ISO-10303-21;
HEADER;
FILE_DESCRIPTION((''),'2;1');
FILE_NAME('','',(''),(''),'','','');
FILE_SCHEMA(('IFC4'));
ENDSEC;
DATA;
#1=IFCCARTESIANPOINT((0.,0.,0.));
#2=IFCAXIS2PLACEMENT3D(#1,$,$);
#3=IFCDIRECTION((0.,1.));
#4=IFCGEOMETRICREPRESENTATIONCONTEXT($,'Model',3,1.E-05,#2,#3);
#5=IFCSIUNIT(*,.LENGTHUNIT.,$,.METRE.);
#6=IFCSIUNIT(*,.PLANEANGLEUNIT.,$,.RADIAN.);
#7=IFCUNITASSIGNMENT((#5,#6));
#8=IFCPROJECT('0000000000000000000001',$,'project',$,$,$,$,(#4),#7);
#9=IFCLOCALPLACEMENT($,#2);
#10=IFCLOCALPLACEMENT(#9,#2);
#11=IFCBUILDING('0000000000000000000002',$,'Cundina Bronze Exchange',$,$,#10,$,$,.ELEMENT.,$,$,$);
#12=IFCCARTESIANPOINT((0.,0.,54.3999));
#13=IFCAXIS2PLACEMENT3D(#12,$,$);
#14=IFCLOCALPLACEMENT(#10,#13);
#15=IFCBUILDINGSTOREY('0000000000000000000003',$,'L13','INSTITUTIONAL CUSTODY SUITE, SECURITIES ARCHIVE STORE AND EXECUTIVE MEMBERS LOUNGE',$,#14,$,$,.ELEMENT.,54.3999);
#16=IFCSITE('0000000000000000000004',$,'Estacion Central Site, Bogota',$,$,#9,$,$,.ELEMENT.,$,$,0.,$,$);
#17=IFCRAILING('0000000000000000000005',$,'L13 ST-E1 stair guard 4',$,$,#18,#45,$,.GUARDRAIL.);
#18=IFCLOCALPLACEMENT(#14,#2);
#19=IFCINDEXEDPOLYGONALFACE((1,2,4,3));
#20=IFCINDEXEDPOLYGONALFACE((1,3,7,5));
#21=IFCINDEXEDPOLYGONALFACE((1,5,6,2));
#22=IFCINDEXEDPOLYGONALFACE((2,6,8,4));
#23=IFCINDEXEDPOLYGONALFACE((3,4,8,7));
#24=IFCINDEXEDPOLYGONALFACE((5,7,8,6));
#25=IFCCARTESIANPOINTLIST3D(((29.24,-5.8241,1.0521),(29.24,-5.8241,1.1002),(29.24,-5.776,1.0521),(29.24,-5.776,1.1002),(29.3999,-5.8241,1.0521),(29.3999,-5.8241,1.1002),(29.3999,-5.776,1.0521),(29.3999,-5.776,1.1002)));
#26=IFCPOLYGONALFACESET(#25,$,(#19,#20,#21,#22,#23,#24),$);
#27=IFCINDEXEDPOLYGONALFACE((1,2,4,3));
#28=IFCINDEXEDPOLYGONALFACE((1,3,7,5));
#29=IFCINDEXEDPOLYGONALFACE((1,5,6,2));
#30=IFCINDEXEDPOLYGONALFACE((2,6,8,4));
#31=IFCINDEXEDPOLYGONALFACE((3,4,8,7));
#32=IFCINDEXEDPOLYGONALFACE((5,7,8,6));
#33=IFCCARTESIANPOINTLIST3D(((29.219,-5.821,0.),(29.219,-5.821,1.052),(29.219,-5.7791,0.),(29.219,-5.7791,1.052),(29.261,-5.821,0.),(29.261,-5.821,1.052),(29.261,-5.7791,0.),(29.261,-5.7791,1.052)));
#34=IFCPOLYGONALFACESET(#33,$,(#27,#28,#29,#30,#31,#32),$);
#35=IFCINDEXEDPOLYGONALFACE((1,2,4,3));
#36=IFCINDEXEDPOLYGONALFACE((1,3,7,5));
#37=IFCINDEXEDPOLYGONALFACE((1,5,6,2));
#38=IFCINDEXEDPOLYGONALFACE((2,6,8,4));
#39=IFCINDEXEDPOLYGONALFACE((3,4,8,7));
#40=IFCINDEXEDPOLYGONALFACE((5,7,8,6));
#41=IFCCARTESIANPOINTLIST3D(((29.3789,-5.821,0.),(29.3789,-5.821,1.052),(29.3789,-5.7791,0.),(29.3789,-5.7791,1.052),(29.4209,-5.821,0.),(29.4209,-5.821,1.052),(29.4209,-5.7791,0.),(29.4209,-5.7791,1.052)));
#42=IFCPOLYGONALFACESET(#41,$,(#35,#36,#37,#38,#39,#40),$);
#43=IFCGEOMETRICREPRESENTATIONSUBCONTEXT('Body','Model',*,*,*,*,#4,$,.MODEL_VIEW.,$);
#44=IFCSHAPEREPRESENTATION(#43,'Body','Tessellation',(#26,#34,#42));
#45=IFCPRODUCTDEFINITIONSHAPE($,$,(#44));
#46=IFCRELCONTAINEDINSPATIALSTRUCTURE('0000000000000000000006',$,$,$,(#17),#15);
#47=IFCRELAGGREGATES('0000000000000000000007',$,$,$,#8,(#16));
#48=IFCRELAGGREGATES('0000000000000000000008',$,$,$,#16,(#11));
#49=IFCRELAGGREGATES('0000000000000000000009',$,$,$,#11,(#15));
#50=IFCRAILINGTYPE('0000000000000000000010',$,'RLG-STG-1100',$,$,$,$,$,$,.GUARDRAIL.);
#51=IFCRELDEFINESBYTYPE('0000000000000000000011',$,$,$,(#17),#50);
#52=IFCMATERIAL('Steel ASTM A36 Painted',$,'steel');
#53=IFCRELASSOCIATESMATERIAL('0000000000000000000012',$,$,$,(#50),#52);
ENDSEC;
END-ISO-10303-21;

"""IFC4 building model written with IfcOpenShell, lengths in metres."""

from ifc_helpers import new_model, si_unit, direction, frame, origin, origin_2d, place, context, subcontext, project, spatial, rectangle, extrude, material, type_object, element, save


model = new_model("IFC4")

# Units and contexts
model_context = context("Model", 3, precision=1e-05, world=origin(), true_north=direction((0.0, 1.0)))
body_context = subcontext(model_context, "Body", "Model", "MODEL_VIEW")
ifc_project = project(units=[si_unit("LENGTHUNIT", "METRE"), si_unit("PLANEANGLEUNIT", "RADIAN")], contexts=[model_context])

# Site, building, storey
site_placement = place(None, origin())
site = spatial("IfcSite", under=ifc_project, at=site_placement, Name="Estacion Central Site, Bogota", CompositionType="ELEMENT", RefElevation=0.0)
building_placement = place(site_placement, origin())
building = spatial("IfcBuilding", under=site, at=building_placement, Name="Cundina Bronze Exchange", CompositionType="ELEMENT")
storey_placement = place(building_placement, frame((0.0, 0.0, 54.3999)))
storey = spatial("IfcBuildingStorey", under=building, at=storey_placement, Name="L13", Description="INSTITUTIONAL CUSTODY SUITE, SECURITIES ARCHIVE STORE AND EXECUTIVE MEMBERS LOUNGE", CompositionType="ELEMENT", Elevation=54.3999)

# Railing
ifc_material_1 = material(Name="Steel ASTM A36 Painted", Category="steel")
railing_type_1 = type_object("IfcRailingType", Name="RLG-STG-1100", PredefinedType="GUARDRAIL", material=ifc_material_1)
railing_1_placement = place(storey_placement, frame((29.24, -5.8, 0.0)))
element("IfcRailing", 1, at=railing_1_placement, inside=storey, type_object=railing_type_1, Name="L13 ST-E1 stair guard 4", PredefinedType="GUARDRAIL", context=body_context, shape_type="SweptSolid", body=[
    extrude(rectangle(XDim=0.0481, YDim=0.0481, at=origin_2d()), frame((0.0, 0.0, 1.0762), z_axis=(1.0, 0.0, 0.0), x_axis=(0.0, 1.0, 0.0)), (0.0, 0.0, 1.0), 0.1599),
    extrude(rectangle(XDim=0.042, YDim=0.042, at=origin_2d()), origin(), (0.0, 0.0, 1.0), 1.052),
    extrude(rectangle(XDim=0.042, YDim=0.042, at=origin_2d()), frame((0.1599, 0.0, 0.0)), (0.0, 0.0, 1.0), 1.052),
])

save(model, "model.ifc")
